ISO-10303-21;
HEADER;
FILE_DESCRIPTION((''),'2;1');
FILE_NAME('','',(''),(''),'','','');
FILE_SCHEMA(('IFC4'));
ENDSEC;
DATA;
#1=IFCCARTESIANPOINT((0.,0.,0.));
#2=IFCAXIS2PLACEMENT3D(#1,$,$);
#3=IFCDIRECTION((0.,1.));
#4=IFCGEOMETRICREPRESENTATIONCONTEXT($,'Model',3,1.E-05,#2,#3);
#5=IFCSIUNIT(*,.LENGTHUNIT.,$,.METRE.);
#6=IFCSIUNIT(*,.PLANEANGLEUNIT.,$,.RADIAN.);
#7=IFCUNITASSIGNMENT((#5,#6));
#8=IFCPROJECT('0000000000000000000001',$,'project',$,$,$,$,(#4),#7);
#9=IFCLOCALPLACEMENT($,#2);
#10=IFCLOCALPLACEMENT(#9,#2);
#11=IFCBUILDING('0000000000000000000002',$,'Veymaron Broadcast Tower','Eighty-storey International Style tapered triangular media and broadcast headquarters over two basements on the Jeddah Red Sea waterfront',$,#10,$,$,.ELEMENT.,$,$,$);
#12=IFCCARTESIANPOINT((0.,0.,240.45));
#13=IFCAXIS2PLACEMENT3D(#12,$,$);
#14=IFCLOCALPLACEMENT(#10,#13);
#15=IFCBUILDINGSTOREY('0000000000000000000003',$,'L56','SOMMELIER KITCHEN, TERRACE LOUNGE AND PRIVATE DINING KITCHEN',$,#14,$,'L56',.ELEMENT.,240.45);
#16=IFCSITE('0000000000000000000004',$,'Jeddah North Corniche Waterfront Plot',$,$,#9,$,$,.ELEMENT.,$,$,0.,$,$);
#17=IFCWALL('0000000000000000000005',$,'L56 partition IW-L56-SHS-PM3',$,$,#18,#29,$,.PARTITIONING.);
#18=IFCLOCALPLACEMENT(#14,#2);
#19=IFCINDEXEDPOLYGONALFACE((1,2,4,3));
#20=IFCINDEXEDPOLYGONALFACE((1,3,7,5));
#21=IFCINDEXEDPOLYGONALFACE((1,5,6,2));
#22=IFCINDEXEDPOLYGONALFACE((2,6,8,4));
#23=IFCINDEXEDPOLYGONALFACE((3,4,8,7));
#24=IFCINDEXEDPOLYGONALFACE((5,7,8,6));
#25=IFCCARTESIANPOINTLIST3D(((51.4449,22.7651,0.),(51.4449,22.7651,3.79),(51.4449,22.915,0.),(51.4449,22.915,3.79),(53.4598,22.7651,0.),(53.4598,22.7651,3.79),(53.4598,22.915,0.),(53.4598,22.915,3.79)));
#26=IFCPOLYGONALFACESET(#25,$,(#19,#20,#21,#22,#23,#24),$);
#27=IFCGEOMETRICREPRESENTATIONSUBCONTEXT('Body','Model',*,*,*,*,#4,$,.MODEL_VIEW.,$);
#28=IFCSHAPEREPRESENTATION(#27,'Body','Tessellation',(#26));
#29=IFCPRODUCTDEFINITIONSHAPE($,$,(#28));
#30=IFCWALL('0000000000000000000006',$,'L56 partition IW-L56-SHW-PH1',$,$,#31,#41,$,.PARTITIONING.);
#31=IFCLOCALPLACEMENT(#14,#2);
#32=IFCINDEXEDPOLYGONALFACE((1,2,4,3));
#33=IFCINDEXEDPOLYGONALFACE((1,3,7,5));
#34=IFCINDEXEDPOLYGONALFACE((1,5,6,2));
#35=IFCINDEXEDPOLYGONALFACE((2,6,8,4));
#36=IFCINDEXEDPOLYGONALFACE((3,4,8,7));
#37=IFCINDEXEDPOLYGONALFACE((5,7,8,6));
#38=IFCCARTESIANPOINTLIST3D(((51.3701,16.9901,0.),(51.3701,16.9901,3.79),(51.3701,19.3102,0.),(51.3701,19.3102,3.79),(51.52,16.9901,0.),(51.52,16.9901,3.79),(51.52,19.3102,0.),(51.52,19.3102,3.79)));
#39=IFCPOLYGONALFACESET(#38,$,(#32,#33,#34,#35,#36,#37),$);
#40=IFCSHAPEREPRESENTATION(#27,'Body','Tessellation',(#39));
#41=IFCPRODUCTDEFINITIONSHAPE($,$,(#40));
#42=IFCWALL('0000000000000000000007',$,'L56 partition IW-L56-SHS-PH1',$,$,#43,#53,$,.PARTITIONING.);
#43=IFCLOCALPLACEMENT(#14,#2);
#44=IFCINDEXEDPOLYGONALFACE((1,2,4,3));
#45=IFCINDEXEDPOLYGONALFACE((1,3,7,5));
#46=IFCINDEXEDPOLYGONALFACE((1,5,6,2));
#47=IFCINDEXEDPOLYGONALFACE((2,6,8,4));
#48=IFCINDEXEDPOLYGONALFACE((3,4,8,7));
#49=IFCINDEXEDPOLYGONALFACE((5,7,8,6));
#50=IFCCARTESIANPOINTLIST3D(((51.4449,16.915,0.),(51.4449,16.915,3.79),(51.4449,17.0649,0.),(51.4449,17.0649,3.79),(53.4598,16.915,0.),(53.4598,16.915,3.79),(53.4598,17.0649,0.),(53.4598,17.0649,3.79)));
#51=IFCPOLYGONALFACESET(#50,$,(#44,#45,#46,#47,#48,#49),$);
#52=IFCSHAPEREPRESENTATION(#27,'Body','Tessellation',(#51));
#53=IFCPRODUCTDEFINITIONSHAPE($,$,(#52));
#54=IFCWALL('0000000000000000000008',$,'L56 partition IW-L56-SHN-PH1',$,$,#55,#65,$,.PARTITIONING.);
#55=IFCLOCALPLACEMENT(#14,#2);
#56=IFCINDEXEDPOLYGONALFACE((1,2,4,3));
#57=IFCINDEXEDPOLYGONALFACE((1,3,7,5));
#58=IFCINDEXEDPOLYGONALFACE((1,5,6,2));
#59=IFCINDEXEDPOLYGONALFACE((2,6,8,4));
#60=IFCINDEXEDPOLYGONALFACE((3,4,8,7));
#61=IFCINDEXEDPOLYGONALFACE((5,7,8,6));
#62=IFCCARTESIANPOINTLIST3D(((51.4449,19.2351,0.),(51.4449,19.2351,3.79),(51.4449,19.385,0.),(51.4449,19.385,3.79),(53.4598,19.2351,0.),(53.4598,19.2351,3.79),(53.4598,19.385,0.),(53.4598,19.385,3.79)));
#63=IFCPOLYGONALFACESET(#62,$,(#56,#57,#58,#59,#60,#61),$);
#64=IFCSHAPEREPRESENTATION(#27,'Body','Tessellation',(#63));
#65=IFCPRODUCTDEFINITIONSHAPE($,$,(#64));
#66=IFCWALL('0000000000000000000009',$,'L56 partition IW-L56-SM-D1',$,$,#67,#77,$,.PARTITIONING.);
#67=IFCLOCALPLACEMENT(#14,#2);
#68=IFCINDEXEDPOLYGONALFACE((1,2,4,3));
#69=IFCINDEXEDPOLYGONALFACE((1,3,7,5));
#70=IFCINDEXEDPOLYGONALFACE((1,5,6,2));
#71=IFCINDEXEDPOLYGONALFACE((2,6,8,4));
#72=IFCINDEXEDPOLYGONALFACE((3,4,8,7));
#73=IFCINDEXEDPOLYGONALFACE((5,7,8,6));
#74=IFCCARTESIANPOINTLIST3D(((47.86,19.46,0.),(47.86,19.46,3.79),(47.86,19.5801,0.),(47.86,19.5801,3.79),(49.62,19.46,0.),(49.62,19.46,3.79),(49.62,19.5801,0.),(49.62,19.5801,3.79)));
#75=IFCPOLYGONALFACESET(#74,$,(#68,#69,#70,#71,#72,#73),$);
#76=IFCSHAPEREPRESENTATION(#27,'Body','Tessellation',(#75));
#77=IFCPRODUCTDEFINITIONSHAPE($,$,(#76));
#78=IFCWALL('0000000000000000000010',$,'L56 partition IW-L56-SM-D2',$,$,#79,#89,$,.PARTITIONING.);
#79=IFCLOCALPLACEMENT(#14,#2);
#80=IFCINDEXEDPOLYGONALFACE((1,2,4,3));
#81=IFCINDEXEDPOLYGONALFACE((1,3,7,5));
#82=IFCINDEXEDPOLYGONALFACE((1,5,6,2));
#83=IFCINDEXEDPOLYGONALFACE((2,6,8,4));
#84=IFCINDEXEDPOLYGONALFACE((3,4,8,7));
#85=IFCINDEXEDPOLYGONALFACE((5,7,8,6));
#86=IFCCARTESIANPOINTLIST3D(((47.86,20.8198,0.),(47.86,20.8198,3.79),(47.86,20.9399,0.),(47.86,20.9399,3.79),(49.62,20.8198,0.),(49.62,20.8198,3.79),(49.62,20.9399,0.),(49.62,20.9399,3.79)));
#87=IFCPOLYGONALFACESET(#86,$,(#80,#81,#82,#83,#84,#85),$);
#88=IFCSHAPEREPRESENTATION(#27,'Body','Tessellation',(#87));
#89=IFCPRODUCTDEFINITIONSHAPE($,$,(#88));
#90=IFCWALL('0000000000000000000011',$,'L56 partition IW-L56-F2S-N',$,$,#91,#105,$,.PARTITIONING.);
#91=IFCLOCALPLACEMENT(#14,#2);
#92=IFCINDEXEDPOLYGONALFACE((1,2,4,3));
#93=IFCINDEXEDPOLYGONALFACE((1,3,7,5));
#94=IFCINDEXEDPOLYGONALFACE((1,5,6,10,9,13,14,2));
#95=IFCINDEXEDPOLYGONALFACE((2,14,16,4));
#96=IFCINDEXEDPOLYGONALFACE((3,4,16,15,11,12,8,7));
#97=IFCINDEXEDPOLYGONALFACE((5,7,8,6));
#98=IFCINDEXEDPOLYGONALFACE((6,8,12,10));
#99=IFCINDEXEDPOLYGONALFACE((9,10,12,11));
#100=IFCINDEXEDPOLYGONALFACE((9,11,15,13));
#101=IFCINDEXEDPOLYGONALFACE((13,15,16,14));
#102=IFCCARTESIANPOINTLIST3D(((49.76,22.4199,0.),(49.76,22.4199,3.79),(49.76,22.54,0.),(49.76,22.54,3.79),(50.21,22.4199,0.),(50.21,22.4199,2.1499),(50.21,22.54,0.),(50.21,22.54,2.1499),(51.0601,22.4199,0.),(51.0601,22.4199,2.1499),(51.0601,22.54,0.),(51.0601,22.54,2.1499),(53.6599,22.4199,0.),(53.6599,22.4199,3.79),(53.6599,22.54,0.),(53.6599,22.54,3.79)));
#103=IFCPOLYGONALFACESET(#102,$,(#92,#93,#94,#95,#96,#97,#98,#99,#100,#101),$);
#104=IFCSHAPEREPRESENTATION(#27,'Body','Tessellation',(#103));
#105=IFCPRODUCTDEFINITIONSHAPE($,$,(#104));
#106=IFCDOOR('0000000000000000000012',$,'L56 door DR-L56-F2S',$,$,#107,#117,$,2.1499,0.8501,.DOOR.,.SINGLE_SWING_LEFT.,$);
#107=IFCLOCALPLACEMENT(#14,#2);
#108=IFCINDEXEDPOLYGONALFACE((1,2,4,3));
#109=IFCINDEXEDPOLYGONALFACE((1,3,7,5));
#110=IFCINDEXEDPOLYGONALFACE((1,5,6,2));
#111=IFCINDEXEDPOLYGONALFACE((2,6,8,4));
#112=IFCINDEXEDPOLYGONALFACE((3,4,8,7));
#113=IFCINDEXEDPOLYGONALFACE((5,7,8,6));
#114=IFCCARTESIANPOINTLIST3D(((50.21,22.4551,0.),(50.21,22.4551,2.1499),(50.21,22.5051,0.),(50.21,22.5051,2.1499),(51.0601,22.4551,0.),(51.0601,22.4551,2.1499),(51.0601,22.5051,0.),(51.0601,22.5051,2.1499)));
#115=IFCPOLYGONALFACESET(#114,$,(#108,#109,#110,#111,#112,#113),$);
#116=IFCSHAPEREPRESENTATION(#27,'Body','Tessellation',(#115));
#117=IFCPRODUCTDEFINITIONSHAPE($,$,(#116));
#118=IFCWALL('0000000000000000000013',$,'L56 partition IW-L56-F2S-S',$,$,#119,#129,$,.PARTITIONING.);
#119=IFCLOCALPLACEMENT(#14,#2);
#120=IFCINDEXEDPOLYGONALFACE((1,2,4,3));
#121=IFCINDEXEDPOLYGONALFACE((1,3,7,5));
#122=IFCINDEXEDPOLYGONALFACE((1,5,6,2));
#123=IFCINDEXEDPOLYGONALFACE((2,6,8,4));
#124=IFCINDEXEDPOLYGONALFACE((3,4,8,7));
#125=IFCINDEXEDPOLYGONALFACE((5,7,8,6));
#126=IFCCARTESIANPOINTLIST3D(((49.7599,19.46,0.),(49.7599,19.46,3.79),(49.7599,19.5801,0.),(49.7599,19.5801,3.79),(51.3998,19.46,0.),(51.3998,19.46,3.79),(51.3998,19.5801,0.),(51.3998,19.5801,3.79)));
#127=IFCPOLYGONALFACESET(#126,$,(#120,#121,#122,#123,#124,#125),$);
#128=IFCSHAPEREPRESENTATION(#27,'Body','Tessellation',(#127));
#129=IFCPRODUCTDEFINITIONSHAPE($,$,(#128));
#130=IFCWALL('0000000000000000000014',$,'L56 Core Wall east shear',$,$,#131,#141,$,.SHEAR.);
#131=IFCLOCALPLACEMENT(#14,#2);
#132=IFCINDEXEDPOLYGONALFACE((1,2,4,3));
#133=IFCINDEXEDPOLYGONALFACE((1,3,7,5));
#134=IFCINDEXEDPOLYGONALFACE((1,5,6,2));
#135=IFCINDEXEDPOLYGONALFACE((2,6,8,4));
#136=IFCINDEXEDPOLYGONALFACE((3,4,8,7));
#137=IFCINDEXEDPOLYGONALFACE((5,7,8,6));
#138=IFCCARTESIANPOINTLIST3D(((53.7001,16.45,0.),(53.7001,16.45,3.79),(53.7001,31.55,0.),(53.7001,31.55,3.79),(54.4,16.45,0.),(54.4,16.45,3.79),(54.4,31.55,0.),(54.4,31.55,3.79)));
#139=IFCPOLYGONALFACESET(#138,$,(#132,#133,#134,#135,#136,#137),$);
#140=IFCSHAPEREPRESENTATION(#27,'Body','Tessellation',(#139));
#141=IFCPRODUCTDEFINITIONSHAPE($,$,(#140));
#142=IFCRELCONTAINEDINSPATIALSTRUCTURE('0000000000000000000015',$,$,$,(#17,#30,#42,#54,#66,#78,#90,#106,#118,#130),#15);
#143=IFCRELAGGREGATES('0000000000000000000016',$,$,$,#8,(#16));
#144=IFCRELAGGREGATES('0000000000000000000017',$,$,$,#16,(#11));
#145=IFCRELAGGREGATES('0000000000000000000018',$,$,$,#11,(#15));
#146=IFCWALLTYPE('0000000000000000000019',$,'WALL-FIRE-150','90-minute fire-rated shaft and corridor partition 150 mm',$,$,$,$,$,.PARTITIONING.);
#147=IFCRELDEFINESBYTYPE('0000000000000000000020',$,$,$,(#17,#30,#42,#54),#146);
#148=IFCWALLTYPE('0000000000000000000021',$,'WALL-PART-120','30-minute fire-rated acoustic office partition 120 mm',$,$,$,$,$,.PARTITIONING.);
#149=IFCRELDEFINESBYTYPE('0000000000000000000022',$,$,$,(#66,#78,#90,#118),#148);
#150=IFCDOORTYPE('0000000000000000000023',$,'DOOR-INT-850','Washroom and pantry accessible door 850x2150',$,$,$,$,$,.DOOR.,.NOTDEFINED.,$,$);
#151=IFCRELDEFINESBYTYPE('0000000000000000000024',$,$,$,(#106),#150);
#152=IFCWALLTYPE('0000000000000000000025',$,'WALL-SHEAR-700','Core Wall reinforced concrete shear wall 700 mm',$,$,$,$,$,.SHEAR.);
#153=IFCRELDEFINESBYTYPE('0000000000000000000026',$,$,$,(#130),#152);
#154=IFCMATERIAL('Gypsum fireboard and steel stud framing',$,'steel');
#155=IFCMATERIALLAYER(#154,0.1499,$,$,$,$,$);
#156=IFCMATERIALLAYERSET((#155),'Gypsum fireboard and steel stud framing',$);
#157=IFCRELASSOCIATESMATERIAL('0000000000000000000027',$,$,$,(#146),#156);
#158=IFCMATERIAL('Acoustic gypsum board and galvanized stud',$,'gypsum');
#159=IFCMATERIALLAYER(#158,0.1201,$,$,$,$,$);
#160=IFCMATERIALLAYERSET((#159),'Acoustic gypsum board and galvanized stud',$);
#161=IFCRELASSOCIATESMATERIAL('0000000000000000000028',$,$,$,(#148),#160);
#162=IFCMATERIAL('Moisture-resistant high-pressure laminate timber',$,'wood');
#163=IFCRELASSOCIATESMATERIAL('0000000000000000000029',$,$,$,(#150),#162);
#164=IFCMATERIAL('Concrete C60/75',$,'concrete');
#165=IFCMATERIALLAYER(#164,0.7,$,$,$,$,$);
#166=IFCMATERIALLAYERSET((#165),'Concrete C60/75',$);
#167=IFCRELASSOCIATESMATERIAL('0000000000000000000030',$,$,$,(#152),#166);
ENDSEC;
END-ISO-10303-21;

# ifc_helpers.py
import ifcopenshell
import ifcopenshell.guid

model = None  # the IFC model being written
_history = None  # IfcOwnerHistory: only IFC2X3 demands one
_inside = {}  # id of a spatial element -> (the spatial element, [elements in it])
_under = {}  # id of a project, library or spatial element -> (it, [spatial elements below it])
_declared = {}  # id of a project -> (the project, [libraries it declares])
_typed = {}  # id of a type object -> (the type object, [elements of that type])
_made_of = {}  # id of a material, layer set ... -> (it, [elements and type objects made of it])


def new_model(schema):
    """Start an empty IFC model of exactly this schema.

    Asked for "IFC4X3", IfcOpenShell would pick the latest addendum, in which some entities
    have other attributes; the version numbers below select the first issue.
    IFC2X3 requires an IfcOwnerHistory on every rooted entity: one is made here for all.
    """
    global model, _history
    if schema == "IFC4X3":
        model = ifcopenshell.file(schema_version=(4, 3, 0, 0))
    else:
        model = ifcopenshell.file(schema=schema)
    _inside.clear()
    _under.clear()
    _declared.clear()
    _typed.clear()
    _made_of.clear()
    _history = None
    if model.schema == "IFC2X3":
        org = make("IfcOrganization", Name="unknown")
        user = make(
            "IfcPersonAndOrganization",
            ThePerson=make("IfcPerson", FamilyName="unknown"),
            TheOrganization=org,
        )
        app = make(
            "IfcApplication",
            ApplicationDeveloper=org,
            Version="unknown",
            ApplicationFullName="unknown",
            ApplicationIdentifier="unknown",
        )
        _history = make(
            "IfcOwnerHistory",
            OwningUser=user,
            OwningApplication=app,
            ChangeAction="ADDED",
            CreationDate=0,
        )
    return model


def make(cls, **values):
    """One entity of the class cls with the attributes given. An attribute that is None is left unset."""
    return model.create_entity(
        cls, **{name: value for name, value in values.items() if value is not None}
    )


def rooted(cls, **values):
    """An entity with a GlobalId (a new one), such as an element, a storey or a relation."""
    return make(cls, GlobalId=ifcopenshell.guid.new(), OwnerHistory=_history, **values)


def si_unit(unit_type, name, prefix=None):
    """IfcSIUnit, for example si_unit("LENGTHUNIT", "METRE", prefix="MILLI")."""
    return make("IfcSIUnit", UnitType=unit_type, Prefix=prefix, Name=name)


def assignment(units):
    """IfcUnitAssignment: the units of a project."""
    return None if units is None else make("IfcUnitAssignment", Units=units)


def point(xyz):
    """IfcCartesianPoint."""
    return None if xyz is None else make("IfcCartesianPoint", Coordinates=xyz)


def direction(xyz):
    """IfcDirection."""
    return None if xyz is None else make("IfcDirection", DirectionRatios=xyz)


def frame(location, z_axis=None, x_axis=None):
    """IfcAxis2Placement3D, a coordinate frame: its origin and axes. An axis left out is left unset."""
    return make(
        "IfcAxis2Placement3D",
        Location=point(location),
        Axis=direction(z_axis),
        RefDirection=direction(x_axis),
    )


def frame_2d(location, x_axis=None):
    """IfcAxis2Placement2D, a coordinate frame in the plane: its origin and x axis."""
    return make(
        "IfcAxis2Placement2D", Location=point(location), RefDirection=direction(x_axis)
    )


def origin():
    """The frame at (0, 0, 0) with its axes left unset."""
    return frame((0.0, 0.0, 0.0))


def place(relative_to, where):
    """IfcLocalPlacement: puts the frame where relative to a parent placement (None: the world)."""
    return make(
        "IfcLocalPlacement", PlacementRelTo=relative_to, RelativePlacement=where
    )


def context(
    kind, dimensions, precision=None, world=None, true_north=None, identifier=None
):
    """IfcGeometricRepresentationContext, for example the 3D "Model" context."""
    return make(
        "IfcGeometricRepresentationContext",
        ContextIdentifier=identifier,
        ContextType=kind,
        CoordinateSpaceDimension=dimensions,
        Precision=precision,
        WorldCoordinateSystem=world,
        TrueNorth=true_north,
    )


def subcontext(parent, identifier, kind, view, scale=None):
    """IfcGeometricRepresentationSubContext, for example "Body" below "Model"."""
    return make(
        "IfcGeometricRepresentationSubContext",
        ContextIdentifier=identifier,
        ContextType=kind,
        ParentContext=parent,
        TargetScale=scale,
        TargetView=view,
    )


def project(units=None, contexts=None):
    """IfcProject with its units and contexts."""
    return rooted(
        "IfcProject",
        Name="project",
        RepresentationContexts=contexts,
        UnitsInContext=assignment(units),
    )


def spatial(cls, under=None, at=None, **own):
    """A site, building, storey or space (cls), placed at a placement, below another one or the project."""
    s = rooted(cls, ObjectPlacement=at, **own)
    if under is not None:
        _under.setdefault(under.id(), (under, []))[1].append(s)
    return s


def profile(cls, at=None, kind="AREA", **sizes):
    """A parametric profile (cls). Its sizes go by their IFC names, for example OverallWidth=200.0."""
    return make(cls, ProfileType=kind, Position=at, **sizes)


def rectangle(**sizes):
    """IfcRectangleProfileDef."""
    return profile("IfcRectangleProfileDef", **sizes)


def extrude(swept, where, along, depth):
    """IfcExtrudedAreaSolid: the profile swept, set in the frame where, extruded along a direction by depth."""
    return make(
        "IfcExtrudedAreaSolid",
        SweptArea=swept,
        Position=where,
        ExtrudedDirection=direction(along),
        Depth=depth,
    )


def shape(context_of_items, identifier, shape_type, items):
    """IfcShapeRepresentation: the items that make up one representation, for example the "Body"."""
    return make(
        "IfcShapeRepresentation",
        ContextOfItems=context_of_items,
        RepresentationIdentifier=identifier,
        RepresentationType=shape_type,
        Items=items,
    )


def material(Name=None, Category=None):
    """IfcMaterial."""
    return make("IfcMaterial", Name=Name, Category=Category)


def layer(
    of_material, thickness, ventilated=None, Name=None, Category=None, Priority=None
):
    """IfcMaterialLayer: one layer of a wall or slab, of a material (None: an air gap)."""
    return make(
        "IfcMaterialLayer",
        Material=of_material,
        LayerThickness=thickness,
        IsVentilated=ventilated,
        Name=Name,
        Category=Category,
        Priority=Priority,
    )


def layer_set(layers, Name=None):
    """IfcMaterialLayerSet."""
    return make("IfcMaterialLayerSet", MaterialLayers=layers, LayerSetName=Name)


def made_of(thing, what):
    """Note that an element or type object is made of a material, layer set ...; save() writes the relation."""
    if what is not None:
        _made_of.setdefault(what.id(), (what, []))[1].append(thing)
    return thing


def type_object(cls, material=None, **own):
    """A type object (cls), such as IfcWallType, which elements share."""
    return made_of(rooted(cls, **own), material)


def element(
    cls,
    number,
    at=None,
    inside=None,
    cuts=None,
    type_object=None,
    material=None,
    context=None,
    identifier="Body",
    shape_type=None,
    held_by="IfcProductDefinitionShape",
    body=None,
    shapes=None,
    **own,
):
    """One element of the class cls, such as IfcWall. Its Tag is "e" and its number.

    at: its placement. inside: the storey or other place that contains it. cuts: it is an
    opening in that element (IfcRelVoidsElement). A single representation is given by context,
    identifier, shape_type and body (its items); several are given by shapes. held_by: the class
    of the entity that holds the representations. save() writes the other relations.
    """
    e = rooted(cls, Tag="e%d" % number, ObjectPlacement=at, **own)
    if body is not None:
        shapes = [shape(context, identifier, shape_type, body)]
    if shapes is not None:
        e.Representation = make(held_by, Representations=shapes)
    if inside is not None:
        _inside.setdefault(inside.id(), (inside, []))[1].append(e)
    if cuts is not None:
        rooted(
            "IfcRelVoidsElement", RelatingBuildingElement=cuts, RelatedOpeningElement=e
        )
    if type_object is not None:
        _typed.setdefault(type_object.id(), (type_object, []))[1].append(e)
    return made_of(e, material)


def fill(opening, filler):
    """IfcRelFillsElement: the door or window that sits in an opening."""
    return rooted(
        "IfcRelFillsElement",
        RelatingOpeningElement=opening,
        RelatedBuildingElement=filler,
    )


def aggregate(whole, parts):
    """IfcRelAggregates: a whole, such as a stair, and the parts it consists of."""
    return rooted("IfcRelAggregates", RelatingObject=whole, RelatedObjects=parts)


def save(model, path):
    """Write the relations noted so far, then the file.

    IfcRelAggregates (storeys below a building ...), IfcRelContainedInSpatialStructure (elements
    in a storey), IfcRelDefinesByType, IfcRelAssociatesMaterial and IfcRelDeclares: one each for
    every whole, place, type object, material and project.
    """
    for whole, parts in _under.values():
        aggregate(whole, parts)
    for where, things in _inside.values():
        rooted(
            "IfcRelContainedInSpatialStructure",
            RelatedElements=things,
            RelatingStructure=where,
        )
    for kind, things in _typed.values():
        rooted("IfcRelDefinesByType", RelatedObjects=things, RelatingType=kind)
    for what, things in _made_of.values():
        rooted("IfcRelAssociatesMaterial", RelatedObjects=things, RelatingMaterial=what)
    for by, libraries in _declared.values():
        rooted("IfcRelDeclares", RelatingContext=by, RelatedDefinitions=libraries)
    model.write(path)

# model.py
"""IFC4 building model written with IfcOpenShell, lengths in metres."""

from ifc_helpers import new_model, si_unit, direction, frame, frame_2d, origin, place, context, subcontext, project, spatial, rectangle, extrude, material, layer, layer_set, type_object, element, fill, save


model = new_model("IFC4")

# Units and contexts
model_context = context("Model", 3, precision=1e-05, world=origin(), true_north=direction((0.0, 1.0)))
body_context = subcontext(model_context, "Body", "Model", "MODEL_VIEW")
ifc_project = project(units=[si_unit("LENGTHUNIT", "METRE"), si_unit("PLANEANGLEUNIT", "RADIAN")], contexts=[model_context])

# Site, building, storey
site_placement = place(None, origin())
site = spatial("IfcSite", under=ifc_project, at=site_placement, Name="Jeddah North Corniche Waterfront Plot", CompositionType="ELEMENT", RefElevation=0.0)
building_placement = place(site_placement, origin())
building = spatial("IfcBuilding", under=site, at=building_placement, Name="Veymaron Broadcast Tower", Description="Eighty-storey International Style tapered triangular media and broadcast headquarters over two basements on the Jeddah Red Sea waterfront", CompositionType="ELEMENT")
storey_placement = place(building_placement, frame((0.0, 0.0, 240.45)))
storey = spatial("IfcBuildingStorey", under=building, at=storey_placement, Name="L56", Description="SOMMELIER KITCHEN, TERRACE LOUNGE AND PRIVATE DINING KITCHEN", LongName="L56", CompositionType="ELEMENT", Elevation=240.45)

# Shared definitions
ifc_material_1 = material(Name="Gypsum fireboard and steel stud framing", Category="steel")
ifc_layer_1 = layer(ifc_material_1, 0.1499)
ifc_layer_set_1 = layer_set([ifc_layer_1], Name="Gypsum fireboard and steel stud framing")
wall_type_1 = type_object("IfcWallType", Name="WALL-FIRE-150", Description="90-minute fire-rated shaft and corridor partition 150 mm", PredefinedType="PARTITIONING", material=ifc_layer_set_1)

# Walls
wall_1_placement = place(storey_placement, frame((51.4451, 22.8401, 0.0), z_axis=(0.0, 0.0, 1.0), x_axis=(1.0, 0.0, 0.0)))
element("IfcWall", 1, at=wall_1_placement, inside=storey, type_object=wall_type_1, Name="L56 partition IW-L56-SHS-PM3", PredefinedType="PARTITIONING", context=body_context, shape_type="SweptSolid", body=[
    extrude(rectangle(XDim=2.0149, YDim=0.1499, at=frame_2d((1.0073, 0.0))), origin(), (0.0, 0.0, 1.0), 3.79),
])
wall_2_placement = place(storey_placement, frame((51.4451, 16.99, 0.0), z_axis=(0.0, 0.0, 1.0), x_axis=(0.0, 1.0, 0.0)))
element("IfcWall", 2, at=wall_2_placement, inside=storey, type_object=wall_type_1, Name="L56 partition IW-L56-SHW-PH1", PredefinedType="PARTITIONING", context=body_context, shape_type="SweptSolid", body=[
    extrude(rectangle(XDim=2.3201, YDim=0.1499, at=frame_2d((1.1602, 0.0))), origin(), (0.0, 0.0, 1.0), 3.79),
])
for number, where, z_axis, x_axis, name in (
    (3, (51.4451, 16.99, 0.0), (0.0, 0.0, 1.0), (1.0, 0.0, 0.0), "L56 partition IW-L56-SHS-PH1"),
    (4, (51.4451, 19.3101, 0.0), (0.0, 0.0, 1.0), (1.0, 0.0, 0.0), "L56 partition IW-L56-SHN-PH1"),
):
    element("IfcWall", number, at=place(storey_placement, frame(where, z_axis=z_axis, x_axis=x_axis)), inside=storey, type_object=wall_type_1, Name=name, PredefinedType="PARTITIONING", context=body_context, shape_type="SweptSolid", body=[
        extrude(rectangle(XDim=2.0149, YDim=0.1499, at=frame_2d((1.0073, 0.0))), origin(), (0.0, 0.0, 1.0), 3.79),
    ])

# Walls
ifc_material_2 = material(Name="Acoustic gypsum board and galvanized stud", Category="gypsum")
ifc_layer_2 = layer(ifc_material_2, 0.1201)
ifc_layer_set_2 = layer_set([ifc_layer_2], Name="Acoustic gypsum board and galvanized stud")
wall_type_2 = type_object("IfcWallType", Name="WALL-PART-120", Description="30-minute fire-rated acoustic office partition 120 mm", PredefinedType="PARTITIONING", material=ifc_layer_set_2)
for number, where, z_axis, x_axis, name in (
    (5, (47.8601, 19.52, 0.0), (0.0, 0.0, 1.0), (1.0, 0.0, 0.0), "L56 partition IW-L56-SM-D1"),
    (6, (47.8601, 20.8799, 0.0), (0.0, 0.0, 1.0), (1.0, 0.0, 0.0), "L56 partition IW-L56-SM-D2"),
):
    element("IfcWall", number, at=place(storey_placement, frame(where, z_axis=z_axis, x_axis=x_axis)), inside=storey, type_object=wall_type_2, Name=name, PredefinedType="PARTITIONING", context=body_context, shape_type="SweptSolid", body=[
        extrude(rectangle(XDim=1.76, YDim=0.1201, at=frame_2d((0.8799, 0.0))), origin(), (0.0, 0.0, 1.0), 3.79),
    ])

# Shared definitions
ifc_material_3 = material(Name="Moisture-resistant high-pressure laminate timber", Category="wood")
door_type_1 = type_object("IfcDoorType", Name="DOOR-INT-850", Description="Washroom and pantry accessible door 850x2150", OperationType="NOTDEFINED", PredefinedType="DOOR", material=ifc_material_3)

# Wall, opening, door
wall_3_placement = place(storey_placement, frame((49.76, 22.48, 0.0), z_axis=(0.0, 0.0, 1.0), x_axis=(1.0, 0.0, 0.0)))
wall_3 = element("IfcWall", 7, at=wall_3_placement, inside=storey, type_object=wall_type_2, Name="L56 partition IW-L56-F2S-N", PredefinedType="PARTITIONING", context=body_context, shape_type="SweptSolid", body=[
    extrude(rectangle(XDim=3.8999, YDim=0.1201, at=frame_2d((1.95, 0.0))), origin(), (0.0, 0.0, 1.0), 3.79),
])
opening_1_placement = place(wall_3_placement, frame((0.45, 0.0, 0.0)))
opening_1 = element("IfcOpeningElement", 8, at=opening_1_placement, cuts=wall_3, PredefinedType="OPENING", context=body_context, shape_type="SweptSolid", body=[
    extrude(rectangle(XDim=0.8501, YDim=2.1499, at=frame_2d((0.425, 1.075))), frame((0.0, 0.0701, 0.0), z_axis=(0.0, -1.0, 0.0), x_axis=(1.0, 0.0, 0.0)), (0.0, 0.0, 1.0), 0.1401),
])
door_1_placement = place(opening_1_placement, frame((0.8501, 0.0, 0.0), z_axis=(0.0, 0.0, 1.0), x_axis=(-1.0, 0.0, 0.0)))
door_1 = element("IfcDoor", 9, at=door_1_placement, inside=storey, type_object=door_type_1, Name="L56 door DR-L56-F2S", OperationType="SINGLE_SWING_LEFT", OverallHeight=2.1499, OverallWidth=0.8501, PredefinedType="DOOR", context=body_context, shape_type="SweptSolid", body=[
    extrude(rectangle(XDim=0.8501, YDim=2.1499, at=frame_2d((0.425, 1.075))), frame((0.0, 0.0249, 0.0), z_axis=(0.0, -1.0, 0.0), x_axis=(1.0, 0.0, 0.0)), (0.0, 0.0, 1.0), 0.05),
])
fill(opening_1, door_1)

# Walls
wall_4_placement = place(storey_placement, frame((49.76, 19.52, 0.0), z_axis=(0.0, 0.0, 1.0), x_axis=(1.0, 0.0, 0.0)))
element("IfcWall", 10, at=wall_4_placement, inside=storey, type_object=wall_type_2, Name="L56 partition IW-L56-F2S-S", PredefinedType="PARTITIONING", context=body_context, shape_type="SweptSolid", body=[
    extrude(rectangle(XDim=1.6399, YDim=0.1201, at=frame_2d((0.8198, 0.0))), origin(), (0.0, 0.0, 1.0), 3.79),
])
ifc_material_4 = material(Name="Concrete C60/75", Category="concrete")
ifc_layer_3 = layer(ifc_material_4, 0.7)
ifc_layer_set_3 = layer_set([ifc_layer_3], Name="Concrete C60/75")
wall_type_3 = type_object("IfcWallType", Name="WALL-SHEAR-700", Description="Core Wall reinforced concrete shear wall 700 mm", PredefinedType="SHEAR", material=ifc_layer_set_3)
wall_5_placement = place(storey_placement, frame((54.05, 16.45, 0.0), z_axis=(0.0, 0.0, 1.0), x_axis=(0.0, 1.0, 0.0)))
element("IfcWall", 11, at=wall_5_placement, inside=storey, type_object=wall_type_3, Name="L56 Core Wall east shear", PredefinedType="SHEAR", context=body_context, shape_type="SweptSolid", body=[
    extrude(rectangle(XDim=15.1001, YDim=0.7, at=frame_2d((7.55, 0.0))), origin(), (0.0, 0.0, 1.0), 3.79),
])

save(model, "model.ifc")
